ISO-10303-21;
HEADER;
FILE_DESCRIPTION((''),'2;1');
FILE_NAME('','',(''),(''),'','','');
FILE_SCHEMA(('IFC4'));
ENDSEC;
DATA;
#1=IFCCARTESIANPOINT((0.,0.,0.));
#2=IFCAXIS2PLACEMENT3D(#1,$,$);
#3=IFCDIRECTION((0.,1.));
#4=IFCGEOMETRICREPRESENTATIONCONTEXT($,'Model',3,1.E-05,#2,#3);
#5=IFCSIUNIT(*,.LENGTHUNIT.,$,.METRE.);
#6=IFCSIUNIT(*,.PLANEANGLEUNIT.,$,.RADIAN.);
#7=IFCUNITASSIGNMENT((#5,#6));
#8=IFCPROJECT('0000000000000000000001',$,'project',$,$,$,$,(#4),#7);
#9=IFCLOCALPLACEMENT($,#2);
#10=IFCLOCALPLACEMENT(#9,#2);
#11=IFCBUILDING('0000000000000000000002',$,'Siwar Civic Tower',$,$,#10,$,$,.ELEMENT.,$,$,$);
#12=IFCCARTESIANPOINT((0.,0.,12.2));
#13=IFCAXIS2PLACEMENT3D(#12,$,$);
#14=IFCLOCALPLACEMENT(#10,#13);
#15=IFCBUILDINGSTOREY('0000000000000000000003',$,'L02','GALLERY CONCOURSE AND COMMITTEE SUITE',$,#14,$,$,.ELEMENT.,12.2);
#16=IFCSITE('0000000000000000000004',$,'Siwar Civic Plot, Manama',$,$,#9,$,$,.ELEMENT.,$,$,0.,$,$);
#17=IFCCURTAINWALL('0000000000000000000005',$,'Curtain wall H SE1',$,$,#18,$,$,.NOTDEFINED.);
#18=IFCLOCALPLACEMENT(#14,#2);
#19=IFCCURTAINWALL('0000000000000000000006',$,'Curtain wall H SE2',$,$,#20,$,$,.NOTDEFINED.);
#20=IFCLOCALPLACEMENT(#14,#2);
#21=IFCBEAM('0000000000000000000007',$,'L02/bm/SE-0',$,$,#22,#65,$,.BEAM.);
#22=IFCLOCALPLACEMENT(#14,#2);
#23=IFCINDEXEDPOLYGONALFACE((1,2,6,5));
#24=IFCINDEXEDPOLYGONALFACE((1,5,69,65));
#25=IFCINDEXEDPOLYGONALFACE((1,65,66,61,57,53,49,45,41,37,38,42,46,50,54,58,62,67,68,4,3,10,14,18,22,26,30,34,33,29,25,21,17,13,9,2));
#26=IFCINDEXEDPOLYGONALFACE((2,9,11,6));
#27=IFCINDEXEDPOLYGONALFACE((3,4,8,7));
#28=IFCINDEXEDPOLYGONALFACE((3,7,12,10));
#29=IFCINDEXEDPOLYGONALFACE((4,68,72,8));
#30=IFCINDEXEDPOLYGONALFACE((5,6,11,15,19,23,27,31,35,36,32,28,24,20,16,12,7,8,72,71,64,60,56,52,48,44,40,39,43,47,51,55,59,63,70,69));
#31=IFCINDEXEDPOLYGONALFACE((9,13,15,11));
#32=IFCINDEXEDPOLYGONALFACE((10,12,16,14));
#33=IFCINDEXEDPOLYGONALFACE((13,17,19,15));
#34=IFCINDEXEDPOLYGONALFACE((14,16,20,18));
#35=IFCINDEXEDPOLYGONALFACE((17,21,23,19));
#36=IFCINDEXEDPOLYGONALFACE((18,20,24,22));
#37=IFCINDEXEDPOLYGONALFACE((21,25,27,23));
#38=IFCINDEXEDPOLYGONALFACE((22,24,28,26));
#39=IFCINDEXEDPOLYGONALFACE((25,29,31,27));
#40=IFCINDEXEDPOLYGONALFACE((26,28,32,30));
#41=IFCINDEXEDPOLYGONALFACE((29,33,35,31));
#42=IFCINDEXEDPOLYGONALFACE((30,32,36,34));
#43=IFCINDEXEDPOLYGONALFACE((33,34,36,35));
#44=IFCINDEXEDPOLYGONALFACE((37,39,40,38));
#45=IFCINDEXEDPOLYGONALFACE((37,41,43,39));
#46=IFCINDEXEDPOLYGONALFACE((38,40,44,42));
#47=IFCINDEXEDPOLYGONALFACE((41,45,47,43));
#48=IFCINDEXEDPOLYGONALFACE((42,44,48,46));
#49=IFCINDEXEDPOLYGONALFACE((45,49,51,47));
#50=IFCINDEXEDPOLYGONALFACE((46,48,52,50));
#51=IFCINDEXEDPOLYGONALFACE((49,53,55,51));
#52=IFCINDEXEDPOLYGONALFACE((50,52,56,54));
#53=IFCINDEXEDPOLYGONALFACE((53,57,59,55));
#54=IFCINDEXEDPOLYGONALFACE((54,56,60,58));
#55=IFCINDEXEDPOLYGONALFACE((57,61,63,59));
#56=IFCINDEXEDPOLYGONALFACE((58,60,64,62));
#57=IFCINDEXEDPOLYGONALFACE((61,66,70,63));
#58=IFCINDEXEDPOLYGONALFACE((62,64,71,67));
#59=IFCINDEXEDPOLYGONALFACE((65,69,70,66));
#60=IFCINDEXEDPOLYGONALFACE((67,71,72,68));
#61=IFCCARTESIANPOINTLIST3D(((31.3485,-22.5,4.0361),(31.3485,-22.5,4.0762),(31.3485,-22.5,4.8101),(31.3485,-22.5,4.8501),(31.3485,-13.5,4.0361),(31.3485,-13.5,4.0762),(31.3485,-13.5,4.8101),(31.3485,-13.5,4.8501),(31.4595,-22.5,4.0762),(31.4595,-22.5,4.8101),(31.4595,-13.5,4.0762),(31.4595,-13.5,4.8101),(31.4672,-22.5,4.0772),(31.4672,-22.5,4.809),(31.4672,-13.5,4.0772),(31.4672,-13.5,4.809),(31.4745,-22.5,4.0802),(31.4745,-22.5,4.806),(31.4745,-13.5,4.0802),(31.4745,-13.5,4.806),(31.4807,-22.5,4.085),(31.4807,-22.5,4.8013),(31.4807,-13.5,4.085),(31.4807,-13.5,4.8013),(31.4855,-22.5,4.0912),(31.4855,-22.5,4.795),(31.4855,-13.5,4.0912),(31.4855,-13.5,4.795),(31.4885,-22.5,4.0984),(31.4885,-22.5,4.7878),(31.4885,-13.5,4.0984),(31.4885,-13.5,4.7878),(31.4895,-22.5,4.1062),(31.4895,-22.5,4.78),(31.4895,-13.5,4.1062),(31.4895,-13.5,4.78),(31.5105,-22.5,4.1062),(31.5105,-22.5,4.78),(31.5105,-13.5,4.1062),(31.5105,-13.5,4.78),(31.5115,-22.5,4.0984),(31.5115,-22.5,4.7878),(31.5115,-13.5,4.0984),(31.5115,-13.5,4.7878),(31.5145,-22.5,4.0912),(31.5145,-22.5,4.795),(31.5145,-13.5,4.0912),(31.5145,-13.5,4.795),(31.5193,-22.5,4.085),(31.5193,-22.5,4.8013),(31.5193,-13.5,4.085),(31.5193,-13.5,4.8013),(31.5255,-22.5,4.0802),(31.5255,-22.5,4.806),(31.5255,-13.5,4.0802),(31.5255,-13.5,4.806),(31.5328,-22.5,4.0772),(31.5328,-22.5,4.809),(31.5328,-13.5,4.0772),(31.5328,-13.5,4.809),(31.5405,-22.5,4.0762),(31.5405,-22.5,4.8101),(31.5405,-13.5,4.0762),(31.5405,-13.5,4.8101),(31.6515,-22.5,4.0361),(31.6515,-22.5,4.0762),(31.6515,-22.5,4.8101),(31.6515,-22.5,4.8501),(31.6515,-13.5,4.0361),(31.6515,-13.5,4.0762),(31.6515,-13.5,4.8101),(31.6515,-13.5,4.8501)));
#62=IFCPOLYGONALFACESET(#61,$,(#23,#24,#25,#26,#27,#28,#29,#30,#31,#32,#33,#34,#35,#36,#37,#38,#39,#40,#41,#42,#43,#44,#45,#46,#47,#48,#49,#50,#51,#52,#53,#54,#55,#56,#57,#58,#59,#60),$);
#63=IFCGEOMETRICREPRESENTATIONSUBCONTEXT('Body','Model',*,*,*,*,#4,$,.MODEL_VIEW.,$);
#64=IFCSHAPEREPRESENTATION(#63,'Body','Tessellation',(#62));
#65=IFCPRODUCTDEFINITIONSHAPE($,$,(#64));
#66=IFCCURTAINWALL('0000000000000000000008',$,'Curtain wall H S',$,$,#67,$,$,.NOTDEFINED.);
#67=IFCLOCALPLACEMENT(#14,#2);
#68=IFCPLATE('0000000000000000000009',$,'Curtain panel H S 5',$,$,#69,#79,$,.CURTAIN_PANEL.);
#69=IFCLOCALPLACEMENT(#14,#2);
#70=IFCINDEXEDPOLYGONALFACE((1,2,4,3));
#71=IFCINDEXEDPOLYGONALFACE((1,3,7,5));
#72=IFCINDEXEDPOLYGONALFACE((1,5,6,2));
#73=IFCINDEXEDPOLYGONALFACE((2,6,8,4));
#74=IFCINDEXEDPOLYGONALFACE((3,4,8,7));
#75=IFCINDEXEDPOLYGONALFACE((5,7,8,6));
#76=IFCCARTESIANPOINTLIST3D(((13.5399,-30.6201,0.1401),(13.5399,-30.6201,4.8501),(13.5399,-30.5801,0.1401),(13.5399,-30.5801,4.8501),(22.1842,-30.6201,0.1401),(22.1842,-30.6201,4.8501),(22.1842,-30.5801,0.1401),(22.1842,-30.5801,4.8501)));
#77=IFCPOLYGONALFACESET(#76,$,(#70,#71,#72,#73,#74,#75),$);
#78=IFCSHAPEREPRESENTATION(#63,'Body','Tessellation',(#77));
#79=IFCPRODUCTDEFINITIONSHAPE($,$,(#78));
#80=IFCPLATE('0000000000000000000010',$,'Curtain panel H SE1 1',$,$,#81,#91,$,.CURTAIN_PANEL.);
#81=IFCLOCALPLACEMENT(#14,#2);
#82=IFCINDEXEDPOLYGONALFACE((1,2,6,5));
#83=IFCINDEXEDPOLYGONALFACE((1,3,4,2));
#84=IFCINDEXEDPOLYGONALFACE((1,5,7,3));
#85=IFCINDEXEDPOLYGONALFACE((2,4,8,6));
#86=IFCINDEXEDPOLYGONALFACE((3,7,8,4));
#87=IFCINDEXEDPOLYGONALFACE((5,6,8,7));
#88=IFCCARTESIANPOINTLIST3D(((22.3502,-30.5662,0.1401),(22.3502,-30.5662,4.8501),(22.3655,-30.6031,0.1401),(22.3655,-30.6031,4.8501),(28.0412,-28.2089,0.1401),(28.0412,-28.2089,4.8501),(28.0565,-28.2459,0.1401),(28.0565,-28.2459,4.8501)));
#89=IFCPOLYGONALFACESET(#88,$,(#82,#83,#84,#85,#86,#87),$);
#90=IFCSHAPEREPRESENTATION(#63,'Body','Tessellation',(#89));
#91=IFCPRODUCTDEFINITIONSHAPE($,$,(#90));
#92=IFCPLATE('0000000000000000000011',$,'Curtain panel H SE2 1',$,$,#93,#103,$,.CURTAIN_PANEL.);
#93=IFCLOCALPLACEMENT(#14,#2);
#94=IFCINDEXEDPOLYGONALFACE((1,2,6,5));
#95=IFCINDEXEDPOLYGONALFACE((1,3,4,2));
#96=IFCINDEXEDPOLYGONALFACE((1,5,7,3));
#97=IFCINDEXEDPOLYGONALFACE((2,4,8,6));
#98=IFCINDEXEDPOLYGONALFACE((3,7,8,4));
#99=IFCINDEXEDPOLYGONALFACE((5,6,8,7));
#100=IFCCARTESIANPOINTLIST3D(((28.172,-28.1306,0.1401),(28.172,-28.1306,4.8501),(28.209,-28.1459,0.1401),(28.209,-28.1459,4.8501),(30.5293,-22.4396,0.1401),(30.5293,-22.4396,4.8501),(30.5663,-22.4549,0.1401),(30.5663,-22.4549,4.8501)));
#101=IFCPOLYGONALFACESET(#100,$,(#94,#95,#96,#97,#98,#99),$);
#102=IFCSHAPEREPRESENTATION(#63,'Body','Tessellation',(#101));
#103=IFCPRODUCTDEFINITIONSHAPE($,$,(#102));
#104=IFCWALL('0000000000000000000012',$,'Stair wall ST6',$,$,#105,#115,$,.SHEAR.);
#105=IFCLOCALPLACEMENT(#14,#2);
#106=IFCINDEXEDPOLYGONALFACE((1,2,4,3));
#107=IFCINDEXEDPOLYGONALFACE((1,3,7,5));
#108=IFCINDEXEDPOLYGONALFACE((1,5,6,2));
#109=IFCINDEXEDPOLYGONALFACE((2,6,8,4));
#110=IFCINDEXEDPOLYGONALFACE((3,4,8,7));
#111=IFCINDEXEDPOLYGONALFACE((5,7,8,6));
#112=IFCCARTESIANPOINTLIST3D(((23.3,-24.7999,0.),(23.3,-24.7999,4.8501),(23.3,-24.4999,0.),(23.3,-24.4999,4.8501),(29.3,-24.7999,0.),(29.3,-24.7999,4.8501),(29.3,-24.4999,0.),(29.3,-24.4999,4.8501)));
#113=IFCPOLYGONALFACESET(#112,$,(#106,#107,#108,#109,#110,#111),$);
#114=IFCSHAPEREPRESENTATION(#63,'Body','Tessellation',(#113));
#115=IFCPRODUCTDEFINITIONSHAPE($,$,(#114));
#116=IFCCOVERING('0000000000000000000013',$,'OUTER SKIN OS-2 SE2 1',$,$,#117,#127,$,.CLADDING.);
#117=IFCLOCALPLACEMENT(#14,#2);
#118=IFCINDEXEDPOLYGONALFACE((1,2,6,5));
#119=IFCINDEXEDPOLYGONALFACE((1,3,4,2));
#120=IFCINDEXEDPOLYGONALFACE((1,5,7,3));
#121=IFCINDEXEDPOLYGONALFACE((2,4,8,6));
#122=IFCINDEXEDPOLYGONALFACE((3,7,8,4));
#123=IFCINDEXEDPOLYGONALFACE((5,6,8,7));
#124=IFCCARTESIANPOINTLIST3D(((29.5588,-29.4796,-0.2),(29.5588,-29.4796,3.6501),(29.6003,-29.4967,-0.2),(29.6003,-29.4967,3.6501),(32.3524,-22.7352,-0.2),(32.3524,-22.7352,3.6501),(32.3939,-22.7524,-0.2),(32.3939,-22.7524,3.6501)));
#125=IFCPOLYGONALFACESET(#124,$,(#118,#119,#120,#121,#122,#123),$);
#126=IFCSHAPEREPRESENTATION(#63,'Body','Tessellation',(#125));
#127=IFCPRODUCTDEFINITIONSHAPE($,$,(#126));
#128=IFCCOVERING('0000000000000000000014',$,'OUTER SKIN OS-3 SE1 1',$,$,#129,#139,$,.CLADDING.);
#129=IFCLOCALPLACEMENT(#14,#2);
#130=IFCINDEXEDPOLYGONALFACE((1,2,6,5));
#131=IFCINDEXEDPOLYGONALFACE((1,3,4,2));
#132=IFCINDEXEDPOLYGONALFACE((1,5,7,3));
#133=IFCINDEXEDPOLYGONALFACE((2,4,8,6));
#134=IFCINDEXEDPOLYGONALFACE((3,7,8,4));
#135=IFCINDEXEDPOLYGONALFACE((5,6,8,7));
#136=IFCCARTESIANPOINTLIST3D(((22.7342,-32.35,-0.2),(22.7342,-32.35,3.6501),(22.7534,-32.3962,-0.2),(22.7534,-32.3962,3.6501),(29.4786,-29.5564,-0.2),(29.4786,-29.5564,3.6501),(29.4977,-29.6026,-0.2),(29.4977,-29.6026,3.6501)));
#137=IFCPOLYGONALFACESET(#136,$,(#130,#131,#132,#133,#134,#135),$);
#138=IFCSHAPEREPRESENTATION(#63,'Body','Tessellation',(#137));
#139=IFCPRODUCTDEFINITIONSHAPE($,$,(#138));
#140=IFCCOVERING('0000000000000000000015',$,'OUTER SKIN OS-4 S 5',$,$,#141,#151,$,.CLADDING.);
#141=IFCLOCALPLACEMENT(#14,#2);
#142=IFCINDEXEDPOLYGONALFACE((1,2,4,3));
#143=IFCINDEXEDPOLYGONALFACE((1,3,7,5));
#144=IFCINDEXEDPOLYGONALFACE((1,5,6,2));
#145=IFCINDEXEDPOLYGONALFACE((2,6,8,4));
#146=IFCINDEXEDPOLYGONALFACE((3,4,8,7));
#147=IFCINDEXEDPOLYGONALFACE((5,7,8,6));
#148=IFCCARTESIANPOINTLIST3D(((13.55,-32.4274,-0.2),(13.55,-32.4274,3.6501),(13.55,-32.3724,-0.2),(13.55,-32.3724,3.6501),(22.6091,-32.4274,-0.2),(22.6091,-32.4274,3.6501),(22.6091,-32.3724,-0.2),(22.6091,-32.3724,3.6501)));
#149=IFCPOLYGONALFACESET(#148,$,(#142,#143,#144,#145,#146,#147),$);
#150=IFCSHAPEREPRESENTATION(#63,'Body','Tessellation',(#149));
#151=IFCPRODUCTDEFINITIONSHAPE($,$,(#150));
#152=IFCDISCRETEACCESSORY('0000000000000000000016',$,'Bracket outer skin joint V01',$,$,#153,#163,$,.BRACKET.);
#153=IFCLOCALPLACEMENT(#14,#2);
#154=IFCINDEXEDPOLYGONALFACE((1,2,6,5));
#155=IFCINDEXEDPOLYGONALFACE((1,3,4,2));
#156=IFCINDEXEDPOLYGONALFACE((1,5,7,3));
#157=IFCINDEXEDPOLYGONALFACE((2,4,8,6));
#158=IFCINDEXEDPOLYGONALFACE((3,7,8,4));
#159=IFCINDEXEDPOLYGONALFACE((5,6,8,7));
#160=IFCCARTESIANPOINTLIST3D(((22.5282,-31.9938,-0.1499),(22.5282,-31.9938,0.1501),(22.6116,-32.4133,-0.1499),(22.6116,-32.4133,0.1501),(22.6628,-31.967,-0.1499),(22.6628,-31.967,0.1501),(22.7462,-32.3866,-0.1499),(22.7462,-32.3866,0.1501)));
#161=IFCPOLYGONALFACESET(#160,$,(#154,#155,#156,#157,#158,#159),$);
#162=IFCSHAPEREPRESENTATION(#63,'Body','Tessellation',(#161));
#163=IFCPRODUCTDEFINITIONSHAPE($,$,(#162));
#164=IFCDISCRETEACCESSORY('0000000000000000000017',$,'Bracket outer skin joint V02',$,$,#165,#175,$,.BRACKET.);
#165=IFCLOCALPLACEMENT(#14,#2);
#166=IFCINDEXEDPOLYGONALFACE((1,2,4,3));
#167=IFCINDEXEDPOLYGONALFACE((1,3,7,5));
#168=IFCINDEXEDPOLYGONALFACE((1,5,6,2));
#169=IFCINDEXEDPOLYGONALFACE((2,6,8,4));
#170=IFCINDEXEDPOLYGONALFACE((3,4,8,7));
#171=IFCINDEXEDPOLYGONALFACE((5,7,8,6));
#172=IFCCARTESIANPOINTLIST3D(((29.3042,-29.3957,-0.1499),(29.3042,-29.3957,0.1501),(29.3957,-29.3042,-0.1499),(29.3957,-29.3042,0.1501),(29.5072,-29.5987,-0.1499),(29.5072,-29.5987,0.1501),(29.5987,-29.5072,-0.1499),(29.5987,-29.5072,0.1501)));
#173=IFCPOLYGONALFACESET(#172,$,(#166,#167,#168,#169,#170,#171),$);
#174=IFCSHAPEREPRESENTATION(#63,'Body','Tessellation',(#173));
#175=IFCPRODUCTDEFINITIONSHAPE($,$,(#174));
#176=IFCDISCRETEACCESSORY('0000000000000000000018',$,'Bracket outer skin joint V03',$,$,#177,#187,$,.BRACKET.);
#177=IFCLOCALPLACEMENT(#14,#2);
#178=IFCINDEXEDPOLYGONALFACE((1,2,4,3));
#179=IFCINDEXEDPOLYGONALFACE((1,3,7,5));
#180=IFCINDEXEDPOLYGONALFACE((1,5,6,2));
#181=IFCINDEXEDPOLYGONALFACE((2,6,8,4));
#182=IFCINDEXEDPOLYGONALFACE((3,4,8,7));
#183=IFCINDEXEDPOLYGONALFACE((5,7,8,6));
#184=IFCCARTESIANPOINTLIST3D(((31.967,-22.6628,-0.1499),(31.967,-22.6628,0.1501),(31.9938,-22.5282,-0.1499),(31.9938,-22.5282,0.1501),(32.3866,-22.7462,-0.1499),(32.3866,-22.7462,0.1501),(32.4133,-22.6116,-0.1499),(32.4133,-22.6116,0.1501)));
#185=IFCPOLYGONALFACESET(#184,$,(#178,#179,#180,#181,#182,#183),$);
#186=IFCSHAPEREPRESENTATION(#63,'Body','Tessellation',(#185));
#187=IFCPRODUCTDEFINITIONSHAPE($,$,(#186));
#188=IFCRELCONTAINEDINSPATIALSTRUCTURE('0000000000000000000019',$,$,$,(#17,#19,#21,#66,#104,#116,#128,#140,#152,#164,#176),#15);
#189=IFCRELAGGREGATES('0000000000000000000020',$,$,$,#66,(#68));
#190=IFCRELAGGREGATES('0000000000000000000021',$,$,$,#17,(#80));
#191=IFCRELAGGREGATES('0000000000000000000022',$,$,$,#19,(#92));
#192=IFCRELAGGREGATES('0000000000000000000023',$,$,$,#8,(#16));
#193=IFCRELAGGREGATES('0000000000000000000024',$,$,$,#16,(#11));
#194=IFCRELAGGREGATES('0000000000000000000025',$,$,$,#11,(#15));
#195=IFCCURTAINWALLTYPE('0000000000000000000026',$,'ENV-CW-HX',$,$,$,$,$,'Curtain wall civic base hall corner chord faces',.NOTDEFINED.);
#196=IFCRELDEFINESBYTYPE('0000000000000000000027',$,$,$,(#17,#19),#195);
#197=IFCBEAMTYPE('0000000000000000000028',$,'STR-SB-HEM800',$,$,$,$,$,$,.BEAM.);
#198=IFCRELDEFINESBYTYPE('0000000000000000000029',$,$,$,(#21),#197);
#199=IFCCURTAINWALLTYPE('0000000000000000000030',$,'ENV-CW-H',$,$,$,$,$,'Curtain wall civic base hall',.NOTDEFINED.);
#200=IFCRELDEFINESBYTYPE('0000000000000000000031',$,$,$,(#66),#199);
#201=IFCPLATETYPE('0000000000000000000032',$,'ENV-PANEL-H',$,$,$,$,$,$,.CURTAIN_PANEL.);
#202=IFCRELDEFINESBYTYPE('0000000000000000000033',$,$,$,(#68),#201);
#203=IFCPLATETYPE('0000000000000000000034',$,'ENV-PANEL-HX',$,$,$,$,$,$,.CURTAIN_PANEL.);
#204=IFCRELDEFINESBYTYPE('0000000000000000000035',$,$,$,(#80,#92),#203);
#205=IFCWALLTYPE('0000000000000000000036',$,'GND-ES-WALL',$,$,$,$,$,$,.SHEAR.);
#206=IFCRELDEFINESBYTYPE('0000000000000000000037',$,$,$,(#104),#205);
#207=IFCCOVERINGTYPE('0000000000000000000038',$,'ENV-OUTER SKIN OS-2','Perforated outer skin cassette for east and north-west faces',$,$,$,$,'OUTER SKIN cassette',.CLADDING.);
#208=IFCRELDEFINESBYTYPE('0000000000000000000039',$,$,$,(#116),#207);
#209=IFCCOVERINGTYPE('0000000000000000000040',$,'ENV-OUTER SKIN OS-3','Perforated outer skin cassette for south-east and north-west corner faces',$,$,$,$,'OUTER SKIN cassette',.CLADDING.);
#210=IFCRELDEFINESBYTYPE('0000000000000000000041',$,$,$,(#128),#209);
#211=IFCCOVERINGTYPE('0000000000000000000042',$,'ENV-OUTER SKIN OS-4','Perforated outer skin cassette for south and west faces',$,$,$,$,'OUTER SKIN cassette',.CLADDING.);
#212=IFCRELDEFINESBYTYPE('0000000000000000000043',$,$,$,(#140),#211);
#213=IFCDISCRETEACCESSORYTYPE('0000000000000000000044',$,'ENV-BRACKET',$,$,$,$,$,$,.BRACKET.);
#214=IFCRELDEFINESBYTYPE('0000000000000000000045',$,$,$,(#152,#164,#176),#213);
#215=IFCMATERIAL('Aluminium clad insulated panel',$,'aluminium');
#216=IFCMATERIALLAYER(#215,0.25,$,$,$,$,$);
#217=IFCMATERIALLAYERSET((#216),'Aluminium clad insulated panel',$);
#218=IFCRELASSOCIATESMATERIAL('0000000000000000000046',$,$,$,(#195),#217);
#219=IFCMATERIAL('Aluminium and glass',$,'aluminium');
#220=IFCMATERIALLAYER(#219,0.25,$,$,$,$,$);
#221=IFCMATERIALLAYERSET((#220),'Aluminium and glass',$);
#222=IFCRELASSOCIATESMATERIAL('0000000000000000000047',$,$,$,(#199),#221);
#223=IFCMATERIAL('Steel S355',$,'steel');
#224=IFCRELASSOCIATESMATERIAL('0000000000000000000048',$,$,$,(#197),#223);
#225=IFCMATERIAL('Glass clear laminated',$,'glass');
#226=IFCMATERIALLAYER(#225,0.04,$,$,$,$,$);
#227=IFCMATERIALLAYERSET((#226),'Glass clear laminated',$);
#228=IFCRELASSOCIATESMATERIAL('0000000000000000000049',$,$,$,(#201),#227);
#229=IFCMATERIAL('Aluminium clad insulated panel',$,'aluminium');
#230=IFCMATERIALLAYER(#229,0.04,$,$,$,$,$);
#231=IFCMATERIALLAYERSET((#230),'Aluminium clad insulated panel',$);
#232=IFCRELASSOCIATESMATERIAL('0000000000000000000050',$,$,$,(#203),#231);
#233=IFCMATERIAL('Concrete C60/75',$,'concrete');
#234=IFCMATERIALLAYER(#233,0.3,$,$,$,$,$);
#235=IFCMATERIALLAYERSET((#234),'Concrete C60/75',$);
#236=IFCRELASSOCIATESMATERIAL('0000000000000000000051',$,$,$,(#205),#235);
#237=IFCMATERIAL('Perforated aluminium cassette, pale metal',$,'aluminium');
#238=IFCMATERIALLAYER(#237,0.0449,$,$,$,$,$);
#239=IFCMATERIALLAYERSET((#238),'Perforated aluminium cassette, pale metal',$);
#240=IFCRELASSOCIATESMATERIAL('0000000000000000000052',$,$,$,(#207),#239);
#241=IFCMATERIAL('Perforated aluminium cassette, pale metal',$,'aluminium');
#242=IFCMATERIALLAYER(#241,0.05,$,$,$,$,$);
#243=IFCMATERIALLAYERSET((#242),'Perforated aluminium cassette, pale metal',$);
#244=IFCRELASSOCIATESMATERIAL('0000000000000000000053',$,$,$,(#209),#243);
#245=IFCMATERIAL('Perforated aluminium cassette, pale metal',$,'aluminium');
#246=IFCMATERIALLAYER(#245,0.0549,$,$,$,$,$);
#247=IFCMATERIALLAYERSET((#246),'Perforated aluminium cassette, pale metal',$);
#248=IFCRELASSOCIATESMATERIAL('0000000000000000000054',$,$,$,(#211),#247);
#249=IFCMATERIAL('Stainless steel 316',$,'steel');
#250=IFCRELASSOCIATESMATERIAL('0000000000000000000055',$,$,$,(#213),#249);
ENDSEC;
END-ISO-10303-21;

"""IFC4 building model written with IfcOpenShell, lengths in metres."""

from ifc_helpers import new_model, si_unit, direction, frame, frame_2d, origin, origin_2d, place, context, subcontext, project, spatial, rectangle, i_section, extrude, material, layer, layer_set, material_profile, profile_set, type_object, element, aggregate, save


model = new_model("IFC4")

# Units and contexts
model_context = context("Model", 3, precision=1e-05, world=origin(), true_north=direction((0.0, 1.0)))
body_context = subcontext(model_context, "Body", "Model", "MODEL_VIEW")
ifc_project = project(units=[si_unit("LENGTHUNIT", "METRE"), si_unit("PLANEANGLEUNIT", "RADIAN")], contexts=[model_context])

# Site, building, storey
site_placement = place(None, origin())
site = spatial("IfcSite", under=ifc_project, at=site_placement, Name="Siwar Civic Plot, Manama", CompositionType="ELEMENT", RefElevation=0.0)
building_placement = place(site_placement, origin())
building = spatial("IfcBuilding", under=site, at=building_placement, Name="Siwar Civic Tower", CompositionType="ELEMENT")
storey_placement = place(building_placement, frame((0.0, 0.0, 12.2)))
storey = spatial("IfcBuildingStorey", under=building, at=storey_placement, Name="L02", Description="GALLERY CONCOURSE AND COMMITTEE SUITE", CompositionType="ELEMENT", Elevation=12.2)

# Curtain walls
ifc_material_1 = material(Name="Aluminium clad insulated panel", Category="aluminium")
ifc_layer_1 = layer(ifc_material_1, 0.25)
ifc_layer_set_1 = layer_set([ifc_layer_1], Name="Aluminium clad insulated panel")
curtain_wall_type_1 = type_object("IfcCurtainWallType", Name="ENV-CW-HX", ElementType="Curtain wall civic base hall corner chord faces", PredefinedType="NOTDEFINED", material=ifc_layer_set_1)
curtain_wall_1_placement = place(storey_placement, origin())
curtain_wall_1 = element("IfcCurtainWall", 1, at=curtain_wall_1_placement, inside=storey, type_object=curtain_wall_type_1, Name="Curtain wall H SE1", PredefinedType="NOTDEFINED")
curtain_wall_2_placement = place(storey_placement, origin())
curtain_wall_2 = element("IfcCurtainWall", 2, at=curtain_wall_2_placement, inside=storey, type_object=curtain_wall_type_1, Name="Curtain wall H SE2", PredefinedType="NOTDEFINED")
ifc_material_2 = material(Name="Aluminium and glass", Category="aluminium")
ifc_layer_2 = layer(ifc_material_2, 0.25)
ifc_layer_set_2 = layer_set([ifc_layer_2], Name="Aluminium and glass")
curtain_wall_type_2 = type_object("IfcCurtainWallType", Name="ENV-CW-H", ElementType="Curtain wall civic base hall", PredefinedType="NOTDEFINED", material=ifc_layer_set_2)

# Beam
ifc_material_3 = material(Name="Steel S355", Category="steel")
ifc_material_profile_1 = material_profile(ifc_material_3, i_section(OverallWidth=0.303, OverallDepth=0.814, WebThickness=0.021, FlangeThickness=0.04, FilletRadius=0.03, at=origin_2d()), Name="HEM800")
ifc_profile_set_1 = profile_set([ifc_material_profile_1], Name="Steel S355")
beam_type_1 = type_object("IfcBeamType", Name="STR-SB-HEM800", PredefinedType="BEAM", material=ifc_profile_set_1)
beam_1_placement = place(storey_placement, frame((31.5, -22.5, 4.4431), z_axis=(0.0, 1.0, 0.0), x_axis=(-1.0, 0.0, 0.0)))
element("IfcBeam", 3, at=beam_1_placement, inside=storey, type_object=beam_type_1, Name="L02/bm/SE-0", PredefinedType="BEAM", context=body_context, shape_type="SweptSolid", body=[
    extrude(i_section(OverallWidth=0.303, OverallDepth=0.814, WebThickness=0.021, FlangeThickness=0.04, FilletRadius=0.03, at=origin_2d()), origin(), (0.0, 0.0, 1.0), 9.0),
])

# Curtain wall, plate
curtain_wall_3_placement = place(storey_placement, origin())
curtain_wall_3 = element("IfcCurtainWall", 4, at=curtain_wall_3_placement, inside=storey, type_object=curtain_wall_type_2, Name="Curtain wall H S", PredefinedType="NOTDEFINED")
ifc_material_4 = material(Name="Glass clear laminated", Category="glass")
ifc_layer_3 = layer(ifc_material_4, 0.04)
ifc_layer_set_3 = layer_set([ifc_layer_3], Name="Glass clear laminated")
plate_type_1 = type_object("IfcPlateType", Name="ENV-PANEL-H", PredefinedType="CURTAIN_PANEL", material=ifc_layer_set_3)
plate_1_placement = place(storey_placement, frame((17.8621, -30.6001, 0.1401), z_axis=(0.0, 0.0, 1.0), x_axis=(1.0, 0.0, 0.0)))
plate_1 = element("IfcPlate", 5, at=plate_1_placement, type_object=plate_type_1, Name="Curtain panel H S 5", PredefinedType="CURTAIN_PANEL", context=body_context, shape_type="SweptSolid", body=[
    extrude(rectangle(XDim=8.6443, YDim=0.04, at=origin_2d()), origin(), (0.0, 0.0, 1.0), 4.71),
])
aggregate(curtain_wall_3, [plate_1])

# Plates
ifc_material_5 = material(Name="Aluminium clad insulated panel", Category="aluminium")
ifc_layer_4 = layer(ifc_material_5, 0.04)
ifc_layer_set_4 = layer_set([ifc_layer_4], Name="Aluminium clad insulated panel")
plate_type_2 = type_object("IfcPlateType", Name="ENV-PANEL-HX", PredefinedType="CURTAIN_PANEL", material=ifc_layer_set_4)
plate_2_placement = place(storey_placement, frame((25.2034, -29.406, 0.1401), z_axis=(0.0, 0.0, 1.0), x_axis=(0.92388, 0.382683, 0.0)))
plate_2 = element("IfcPlate", 6, at=plate_2_placement, type_object=plate_type_2, Name="Curtain panel H SE1 1", PredefinedType="CURTAIN_PANEL", context=body_context, shape_type="SweptSolid", body=[
    extrude(rectangle(XDim=6.1599, YDim=0.04, at=origin_2d()), origin(), (0.0, 0.0, 1.0), 4.71),
])
aggregate(curtain_wall_1, [plate_2])
plate_3_placement = place(storey_placement, frame((29.3691, -25.2927, 0.1401), z_axis=(0.0, 0.0, 1.0), x_axis=(0.382683, 0.92388, 0.0)))
plate_3 = element("IfcPlate", 7, at=plate_3_placement, type_object=plate_type_2, Name="Curtain panel H SE2 1", PredefinedType="CURTAIN_PANEL", context=body_context, shape_type="SweptSolid", body=[
    extrude(rectangle(XDim=6.1599, YDim=0.04, at=origin_2d()), origin(), (0.0, 0.0, 1.0), 4.71),
])
aggregate(curtain_wall_2, [plate_3])

# Wall
ifc_material_6 = material(Name="Concrete C60/75", Category="concrete")
ifc_layer_5 = layer(ifc_material_6, 0.3)
ifc_layer_set_5 = layer_set([ifc_layer_5], Name="Concrete C60/75")
wall_type = type_object("IfcWallType", Name="GND-ES-WALL", PredefinedType="SHEAR", material=ifc_layer_set_5)
wall_placement = place(storey_placement, frame((29.3, -24.6499, 0.0), z_axis=(0.0, 0.0, 1.0), x_axis=(-1.0, 0.0, 0.0)))
element("IfcWall", 8, at=wall_placement, inside=storey, type_object=wall_type, Name="Stair wall ST6", PredefinedType="SHEAR", context=body_context, shape_type="SweptSolid", body=[
    extrude(rectangle(XDim=6.0, YDim=0.3, at=frame_2d((3.0, 0.0))), origin(), (0.0, 0.0, 1.0), 4.8501),
])

# Coverings
ifc_material_7 = material(Name="Perforated aluminium cassette, pale metal", Category="aluminium")
ifc_layer_6 = layer(ifc_material_7, 0.0449)
ifc_layer_set_6 = layer_set([ifc_layer_6], Name="Perforated aluminium cassette, pale metal")
covering_type_1 = type_object("IfcCoveringType", Name="ENV-OUTER SKIN OS-2", Description="Perforated outer skin cassette for east and north-west faces", ElementType="OUTER SKIN cassette", PredefinedType="CLADDING", material=ifc_layer_set_6)
covering_1_placement = place(storey_placement, frame((30.9763, -26.116, -0.2), z_axis=(0.0, 0.0, 1.0), x_axis=(0.382683, 0.92388, 0.0)))
element("IfcCovering", 9, at=covering_1_placement, inside=storey, type_object=covering_type_1, Name="OUTER SKIN OS-2 SE2 1", PredefinedType="CLADDING", context=body_context, shape_type="SweptSolid", body=[
    extrude(rectangle(XDim=7.3, YDim=0.0449, at=origin_2d()), origin(), (0.0, 0.0, 1.0), 3.8501),
])
ifc_material_8 = material(Name="Perforated aluminium cassette, pale metal", Category="aluminium")
ifc_layer_7 = layer(ifc_material_8, 0.05)
ifc_layer_set_7 = layer_set([ifc_layer_7], Name="Perforated aluminium cassette, pale metal")
covering_type_2 = type_object("IfcCoveringType", Name="ENV-OUTER SKIN OS-3", Description="Perforated outer skin cassette for south-east and north-west corner faces", ElementType="OUTER SKIN cassette", PredefinedType="CLADDING", material=ifc_layer_set_7)
covering_2_placement = place(storey_placement, frame((26.116, -30.9763, -0.2), z_axis=(0.0, 0.0, 1.0), x_axis=(0.92388, 0.382683, 0.0)))
element("IfcCovering", 10, at=covering_2_placement, inside=storey, type_object=covering_type_2, Name="OUTER SKIN OS-3 SE1 1", PredefinedType="CLADDING", context=body_context, shape_type="SweptSolid", body=[
    extrude(rectangle(XDim=7.3, YDim=0.05, at=origin_2d()), origin(), (0.0, 0.0, 1.0), 3.8501),
])
ifc_material_9 = material(Name="Perforated aluminium cassette, pale metal", Category="aluminium")
ifc_layer_8 = layer(ifc_material_9, 0.0549)
ifc_layer_set_8 = layer_set([ifc_layer_8], Name="Perforated aluminium cassette, pale metal")
covering_type_3 = type_object("IfcCoveringType", Name="ENV-OUTER SKIN OS-4", Description="Perforated outer skin cassette for south and west faces", ElementType="OUTER SKIN cassette", PredefinedType="CLADDING", material=ifc_layer_set_8)
covering_3_placement = place(storey_placement, frame((18.0796, -32.3999, -0.2), z_axis=(0.0, 0.0, 1.0), x_axis=(1.0, 0.0, 0.0)))
element("IfcCovering", 11, at=covering_3_placement, inside=storey, type_object=covering_type_3, Name="OUTER SKIN OS-4 S 5", PredefinedType="CLADDING", context=body_context, shape_type="SweptSolid", body=[
    extrude(rectangle(XDim=9.0591, YDim=0.0549, at=origin_2d()), origin(), (0.0, 0.0, 1.0), 3.8501),
])

# Discrete accessories
ifc_material_10 = material(Name="Stainless steel 316", Category="steel")
discrete_accessory_type = type_object("IfcDiscreteAccessoryType", Name="ENV-BRACKET", PredefinedType="BRACKET", material=ifc_material_10)
discrete_accessory_1_placement = place(storey_placement, frame((22.6372, -32.1902, -0.1499), z_axis=(0.0, 0.0, 1.0), x_axis=(0.19509, -0.980785, 0.0)))
element("IfcDiscreteAccessory", 12, at=discrete_accessory_1_placement, inside=storey, type_object=discrete_accessory_type, Name="Bracket outer skin joint V01", PredefinedType="BRACKET", context=body_context, shape_type="SweptSolid", body=[
    extrude(rectangle(XDim=0.4277, YDim=0.1372, at=origin_2d()), origin(), (0.0, 0.0, 1.0), 0.3),
])
discrete_accessory_2_placement = place(storey_placement, frame((29.4514, -29.4514, -0.1499), z_axis=(0.0, 0.0, 1.0), x_axis=(0.707107, -0.707107, 0.0)))
element("IfcDiscreteAccessory", 13, at=discrete_accessory_2_placement, inside=storey, type_object=discrete_accessory_type, Name="Bracket outer skin joint V02", PredefinedType="BRACKET", context=body_context, shape_type="SweptSolid", body=[
    extrude(rectangle(XDim=0.2871, YDim=0.1294, at=origin_2d()), origin(), (0.0, 0.0, 1.0), 0.3),
])
discrete_accessory_3_placement = place(storey_placement, frame((32.1902, -22.6372, -0.1499), z_axis=(0.0, 0.0, 1.0), x_axis=(0.980785, -0.19509, 0.0)))
element("IfcDiscreteAccessory", 14, at=discrete_accessory_3_placement, inside=storey, type_object=discrete_accessory_type, Name="Bracket outer skin joint V03", PredefinedType="BRACKET", context=body_context, shape_type="SweptSolid", body=[
    extrude(rectangle(XDim=0.4277, YDim=0.1372, at=origin_2d()), origin(), (0.0, 0.0, 1.0), 0.3),
])

save(model, "model.ifc")
